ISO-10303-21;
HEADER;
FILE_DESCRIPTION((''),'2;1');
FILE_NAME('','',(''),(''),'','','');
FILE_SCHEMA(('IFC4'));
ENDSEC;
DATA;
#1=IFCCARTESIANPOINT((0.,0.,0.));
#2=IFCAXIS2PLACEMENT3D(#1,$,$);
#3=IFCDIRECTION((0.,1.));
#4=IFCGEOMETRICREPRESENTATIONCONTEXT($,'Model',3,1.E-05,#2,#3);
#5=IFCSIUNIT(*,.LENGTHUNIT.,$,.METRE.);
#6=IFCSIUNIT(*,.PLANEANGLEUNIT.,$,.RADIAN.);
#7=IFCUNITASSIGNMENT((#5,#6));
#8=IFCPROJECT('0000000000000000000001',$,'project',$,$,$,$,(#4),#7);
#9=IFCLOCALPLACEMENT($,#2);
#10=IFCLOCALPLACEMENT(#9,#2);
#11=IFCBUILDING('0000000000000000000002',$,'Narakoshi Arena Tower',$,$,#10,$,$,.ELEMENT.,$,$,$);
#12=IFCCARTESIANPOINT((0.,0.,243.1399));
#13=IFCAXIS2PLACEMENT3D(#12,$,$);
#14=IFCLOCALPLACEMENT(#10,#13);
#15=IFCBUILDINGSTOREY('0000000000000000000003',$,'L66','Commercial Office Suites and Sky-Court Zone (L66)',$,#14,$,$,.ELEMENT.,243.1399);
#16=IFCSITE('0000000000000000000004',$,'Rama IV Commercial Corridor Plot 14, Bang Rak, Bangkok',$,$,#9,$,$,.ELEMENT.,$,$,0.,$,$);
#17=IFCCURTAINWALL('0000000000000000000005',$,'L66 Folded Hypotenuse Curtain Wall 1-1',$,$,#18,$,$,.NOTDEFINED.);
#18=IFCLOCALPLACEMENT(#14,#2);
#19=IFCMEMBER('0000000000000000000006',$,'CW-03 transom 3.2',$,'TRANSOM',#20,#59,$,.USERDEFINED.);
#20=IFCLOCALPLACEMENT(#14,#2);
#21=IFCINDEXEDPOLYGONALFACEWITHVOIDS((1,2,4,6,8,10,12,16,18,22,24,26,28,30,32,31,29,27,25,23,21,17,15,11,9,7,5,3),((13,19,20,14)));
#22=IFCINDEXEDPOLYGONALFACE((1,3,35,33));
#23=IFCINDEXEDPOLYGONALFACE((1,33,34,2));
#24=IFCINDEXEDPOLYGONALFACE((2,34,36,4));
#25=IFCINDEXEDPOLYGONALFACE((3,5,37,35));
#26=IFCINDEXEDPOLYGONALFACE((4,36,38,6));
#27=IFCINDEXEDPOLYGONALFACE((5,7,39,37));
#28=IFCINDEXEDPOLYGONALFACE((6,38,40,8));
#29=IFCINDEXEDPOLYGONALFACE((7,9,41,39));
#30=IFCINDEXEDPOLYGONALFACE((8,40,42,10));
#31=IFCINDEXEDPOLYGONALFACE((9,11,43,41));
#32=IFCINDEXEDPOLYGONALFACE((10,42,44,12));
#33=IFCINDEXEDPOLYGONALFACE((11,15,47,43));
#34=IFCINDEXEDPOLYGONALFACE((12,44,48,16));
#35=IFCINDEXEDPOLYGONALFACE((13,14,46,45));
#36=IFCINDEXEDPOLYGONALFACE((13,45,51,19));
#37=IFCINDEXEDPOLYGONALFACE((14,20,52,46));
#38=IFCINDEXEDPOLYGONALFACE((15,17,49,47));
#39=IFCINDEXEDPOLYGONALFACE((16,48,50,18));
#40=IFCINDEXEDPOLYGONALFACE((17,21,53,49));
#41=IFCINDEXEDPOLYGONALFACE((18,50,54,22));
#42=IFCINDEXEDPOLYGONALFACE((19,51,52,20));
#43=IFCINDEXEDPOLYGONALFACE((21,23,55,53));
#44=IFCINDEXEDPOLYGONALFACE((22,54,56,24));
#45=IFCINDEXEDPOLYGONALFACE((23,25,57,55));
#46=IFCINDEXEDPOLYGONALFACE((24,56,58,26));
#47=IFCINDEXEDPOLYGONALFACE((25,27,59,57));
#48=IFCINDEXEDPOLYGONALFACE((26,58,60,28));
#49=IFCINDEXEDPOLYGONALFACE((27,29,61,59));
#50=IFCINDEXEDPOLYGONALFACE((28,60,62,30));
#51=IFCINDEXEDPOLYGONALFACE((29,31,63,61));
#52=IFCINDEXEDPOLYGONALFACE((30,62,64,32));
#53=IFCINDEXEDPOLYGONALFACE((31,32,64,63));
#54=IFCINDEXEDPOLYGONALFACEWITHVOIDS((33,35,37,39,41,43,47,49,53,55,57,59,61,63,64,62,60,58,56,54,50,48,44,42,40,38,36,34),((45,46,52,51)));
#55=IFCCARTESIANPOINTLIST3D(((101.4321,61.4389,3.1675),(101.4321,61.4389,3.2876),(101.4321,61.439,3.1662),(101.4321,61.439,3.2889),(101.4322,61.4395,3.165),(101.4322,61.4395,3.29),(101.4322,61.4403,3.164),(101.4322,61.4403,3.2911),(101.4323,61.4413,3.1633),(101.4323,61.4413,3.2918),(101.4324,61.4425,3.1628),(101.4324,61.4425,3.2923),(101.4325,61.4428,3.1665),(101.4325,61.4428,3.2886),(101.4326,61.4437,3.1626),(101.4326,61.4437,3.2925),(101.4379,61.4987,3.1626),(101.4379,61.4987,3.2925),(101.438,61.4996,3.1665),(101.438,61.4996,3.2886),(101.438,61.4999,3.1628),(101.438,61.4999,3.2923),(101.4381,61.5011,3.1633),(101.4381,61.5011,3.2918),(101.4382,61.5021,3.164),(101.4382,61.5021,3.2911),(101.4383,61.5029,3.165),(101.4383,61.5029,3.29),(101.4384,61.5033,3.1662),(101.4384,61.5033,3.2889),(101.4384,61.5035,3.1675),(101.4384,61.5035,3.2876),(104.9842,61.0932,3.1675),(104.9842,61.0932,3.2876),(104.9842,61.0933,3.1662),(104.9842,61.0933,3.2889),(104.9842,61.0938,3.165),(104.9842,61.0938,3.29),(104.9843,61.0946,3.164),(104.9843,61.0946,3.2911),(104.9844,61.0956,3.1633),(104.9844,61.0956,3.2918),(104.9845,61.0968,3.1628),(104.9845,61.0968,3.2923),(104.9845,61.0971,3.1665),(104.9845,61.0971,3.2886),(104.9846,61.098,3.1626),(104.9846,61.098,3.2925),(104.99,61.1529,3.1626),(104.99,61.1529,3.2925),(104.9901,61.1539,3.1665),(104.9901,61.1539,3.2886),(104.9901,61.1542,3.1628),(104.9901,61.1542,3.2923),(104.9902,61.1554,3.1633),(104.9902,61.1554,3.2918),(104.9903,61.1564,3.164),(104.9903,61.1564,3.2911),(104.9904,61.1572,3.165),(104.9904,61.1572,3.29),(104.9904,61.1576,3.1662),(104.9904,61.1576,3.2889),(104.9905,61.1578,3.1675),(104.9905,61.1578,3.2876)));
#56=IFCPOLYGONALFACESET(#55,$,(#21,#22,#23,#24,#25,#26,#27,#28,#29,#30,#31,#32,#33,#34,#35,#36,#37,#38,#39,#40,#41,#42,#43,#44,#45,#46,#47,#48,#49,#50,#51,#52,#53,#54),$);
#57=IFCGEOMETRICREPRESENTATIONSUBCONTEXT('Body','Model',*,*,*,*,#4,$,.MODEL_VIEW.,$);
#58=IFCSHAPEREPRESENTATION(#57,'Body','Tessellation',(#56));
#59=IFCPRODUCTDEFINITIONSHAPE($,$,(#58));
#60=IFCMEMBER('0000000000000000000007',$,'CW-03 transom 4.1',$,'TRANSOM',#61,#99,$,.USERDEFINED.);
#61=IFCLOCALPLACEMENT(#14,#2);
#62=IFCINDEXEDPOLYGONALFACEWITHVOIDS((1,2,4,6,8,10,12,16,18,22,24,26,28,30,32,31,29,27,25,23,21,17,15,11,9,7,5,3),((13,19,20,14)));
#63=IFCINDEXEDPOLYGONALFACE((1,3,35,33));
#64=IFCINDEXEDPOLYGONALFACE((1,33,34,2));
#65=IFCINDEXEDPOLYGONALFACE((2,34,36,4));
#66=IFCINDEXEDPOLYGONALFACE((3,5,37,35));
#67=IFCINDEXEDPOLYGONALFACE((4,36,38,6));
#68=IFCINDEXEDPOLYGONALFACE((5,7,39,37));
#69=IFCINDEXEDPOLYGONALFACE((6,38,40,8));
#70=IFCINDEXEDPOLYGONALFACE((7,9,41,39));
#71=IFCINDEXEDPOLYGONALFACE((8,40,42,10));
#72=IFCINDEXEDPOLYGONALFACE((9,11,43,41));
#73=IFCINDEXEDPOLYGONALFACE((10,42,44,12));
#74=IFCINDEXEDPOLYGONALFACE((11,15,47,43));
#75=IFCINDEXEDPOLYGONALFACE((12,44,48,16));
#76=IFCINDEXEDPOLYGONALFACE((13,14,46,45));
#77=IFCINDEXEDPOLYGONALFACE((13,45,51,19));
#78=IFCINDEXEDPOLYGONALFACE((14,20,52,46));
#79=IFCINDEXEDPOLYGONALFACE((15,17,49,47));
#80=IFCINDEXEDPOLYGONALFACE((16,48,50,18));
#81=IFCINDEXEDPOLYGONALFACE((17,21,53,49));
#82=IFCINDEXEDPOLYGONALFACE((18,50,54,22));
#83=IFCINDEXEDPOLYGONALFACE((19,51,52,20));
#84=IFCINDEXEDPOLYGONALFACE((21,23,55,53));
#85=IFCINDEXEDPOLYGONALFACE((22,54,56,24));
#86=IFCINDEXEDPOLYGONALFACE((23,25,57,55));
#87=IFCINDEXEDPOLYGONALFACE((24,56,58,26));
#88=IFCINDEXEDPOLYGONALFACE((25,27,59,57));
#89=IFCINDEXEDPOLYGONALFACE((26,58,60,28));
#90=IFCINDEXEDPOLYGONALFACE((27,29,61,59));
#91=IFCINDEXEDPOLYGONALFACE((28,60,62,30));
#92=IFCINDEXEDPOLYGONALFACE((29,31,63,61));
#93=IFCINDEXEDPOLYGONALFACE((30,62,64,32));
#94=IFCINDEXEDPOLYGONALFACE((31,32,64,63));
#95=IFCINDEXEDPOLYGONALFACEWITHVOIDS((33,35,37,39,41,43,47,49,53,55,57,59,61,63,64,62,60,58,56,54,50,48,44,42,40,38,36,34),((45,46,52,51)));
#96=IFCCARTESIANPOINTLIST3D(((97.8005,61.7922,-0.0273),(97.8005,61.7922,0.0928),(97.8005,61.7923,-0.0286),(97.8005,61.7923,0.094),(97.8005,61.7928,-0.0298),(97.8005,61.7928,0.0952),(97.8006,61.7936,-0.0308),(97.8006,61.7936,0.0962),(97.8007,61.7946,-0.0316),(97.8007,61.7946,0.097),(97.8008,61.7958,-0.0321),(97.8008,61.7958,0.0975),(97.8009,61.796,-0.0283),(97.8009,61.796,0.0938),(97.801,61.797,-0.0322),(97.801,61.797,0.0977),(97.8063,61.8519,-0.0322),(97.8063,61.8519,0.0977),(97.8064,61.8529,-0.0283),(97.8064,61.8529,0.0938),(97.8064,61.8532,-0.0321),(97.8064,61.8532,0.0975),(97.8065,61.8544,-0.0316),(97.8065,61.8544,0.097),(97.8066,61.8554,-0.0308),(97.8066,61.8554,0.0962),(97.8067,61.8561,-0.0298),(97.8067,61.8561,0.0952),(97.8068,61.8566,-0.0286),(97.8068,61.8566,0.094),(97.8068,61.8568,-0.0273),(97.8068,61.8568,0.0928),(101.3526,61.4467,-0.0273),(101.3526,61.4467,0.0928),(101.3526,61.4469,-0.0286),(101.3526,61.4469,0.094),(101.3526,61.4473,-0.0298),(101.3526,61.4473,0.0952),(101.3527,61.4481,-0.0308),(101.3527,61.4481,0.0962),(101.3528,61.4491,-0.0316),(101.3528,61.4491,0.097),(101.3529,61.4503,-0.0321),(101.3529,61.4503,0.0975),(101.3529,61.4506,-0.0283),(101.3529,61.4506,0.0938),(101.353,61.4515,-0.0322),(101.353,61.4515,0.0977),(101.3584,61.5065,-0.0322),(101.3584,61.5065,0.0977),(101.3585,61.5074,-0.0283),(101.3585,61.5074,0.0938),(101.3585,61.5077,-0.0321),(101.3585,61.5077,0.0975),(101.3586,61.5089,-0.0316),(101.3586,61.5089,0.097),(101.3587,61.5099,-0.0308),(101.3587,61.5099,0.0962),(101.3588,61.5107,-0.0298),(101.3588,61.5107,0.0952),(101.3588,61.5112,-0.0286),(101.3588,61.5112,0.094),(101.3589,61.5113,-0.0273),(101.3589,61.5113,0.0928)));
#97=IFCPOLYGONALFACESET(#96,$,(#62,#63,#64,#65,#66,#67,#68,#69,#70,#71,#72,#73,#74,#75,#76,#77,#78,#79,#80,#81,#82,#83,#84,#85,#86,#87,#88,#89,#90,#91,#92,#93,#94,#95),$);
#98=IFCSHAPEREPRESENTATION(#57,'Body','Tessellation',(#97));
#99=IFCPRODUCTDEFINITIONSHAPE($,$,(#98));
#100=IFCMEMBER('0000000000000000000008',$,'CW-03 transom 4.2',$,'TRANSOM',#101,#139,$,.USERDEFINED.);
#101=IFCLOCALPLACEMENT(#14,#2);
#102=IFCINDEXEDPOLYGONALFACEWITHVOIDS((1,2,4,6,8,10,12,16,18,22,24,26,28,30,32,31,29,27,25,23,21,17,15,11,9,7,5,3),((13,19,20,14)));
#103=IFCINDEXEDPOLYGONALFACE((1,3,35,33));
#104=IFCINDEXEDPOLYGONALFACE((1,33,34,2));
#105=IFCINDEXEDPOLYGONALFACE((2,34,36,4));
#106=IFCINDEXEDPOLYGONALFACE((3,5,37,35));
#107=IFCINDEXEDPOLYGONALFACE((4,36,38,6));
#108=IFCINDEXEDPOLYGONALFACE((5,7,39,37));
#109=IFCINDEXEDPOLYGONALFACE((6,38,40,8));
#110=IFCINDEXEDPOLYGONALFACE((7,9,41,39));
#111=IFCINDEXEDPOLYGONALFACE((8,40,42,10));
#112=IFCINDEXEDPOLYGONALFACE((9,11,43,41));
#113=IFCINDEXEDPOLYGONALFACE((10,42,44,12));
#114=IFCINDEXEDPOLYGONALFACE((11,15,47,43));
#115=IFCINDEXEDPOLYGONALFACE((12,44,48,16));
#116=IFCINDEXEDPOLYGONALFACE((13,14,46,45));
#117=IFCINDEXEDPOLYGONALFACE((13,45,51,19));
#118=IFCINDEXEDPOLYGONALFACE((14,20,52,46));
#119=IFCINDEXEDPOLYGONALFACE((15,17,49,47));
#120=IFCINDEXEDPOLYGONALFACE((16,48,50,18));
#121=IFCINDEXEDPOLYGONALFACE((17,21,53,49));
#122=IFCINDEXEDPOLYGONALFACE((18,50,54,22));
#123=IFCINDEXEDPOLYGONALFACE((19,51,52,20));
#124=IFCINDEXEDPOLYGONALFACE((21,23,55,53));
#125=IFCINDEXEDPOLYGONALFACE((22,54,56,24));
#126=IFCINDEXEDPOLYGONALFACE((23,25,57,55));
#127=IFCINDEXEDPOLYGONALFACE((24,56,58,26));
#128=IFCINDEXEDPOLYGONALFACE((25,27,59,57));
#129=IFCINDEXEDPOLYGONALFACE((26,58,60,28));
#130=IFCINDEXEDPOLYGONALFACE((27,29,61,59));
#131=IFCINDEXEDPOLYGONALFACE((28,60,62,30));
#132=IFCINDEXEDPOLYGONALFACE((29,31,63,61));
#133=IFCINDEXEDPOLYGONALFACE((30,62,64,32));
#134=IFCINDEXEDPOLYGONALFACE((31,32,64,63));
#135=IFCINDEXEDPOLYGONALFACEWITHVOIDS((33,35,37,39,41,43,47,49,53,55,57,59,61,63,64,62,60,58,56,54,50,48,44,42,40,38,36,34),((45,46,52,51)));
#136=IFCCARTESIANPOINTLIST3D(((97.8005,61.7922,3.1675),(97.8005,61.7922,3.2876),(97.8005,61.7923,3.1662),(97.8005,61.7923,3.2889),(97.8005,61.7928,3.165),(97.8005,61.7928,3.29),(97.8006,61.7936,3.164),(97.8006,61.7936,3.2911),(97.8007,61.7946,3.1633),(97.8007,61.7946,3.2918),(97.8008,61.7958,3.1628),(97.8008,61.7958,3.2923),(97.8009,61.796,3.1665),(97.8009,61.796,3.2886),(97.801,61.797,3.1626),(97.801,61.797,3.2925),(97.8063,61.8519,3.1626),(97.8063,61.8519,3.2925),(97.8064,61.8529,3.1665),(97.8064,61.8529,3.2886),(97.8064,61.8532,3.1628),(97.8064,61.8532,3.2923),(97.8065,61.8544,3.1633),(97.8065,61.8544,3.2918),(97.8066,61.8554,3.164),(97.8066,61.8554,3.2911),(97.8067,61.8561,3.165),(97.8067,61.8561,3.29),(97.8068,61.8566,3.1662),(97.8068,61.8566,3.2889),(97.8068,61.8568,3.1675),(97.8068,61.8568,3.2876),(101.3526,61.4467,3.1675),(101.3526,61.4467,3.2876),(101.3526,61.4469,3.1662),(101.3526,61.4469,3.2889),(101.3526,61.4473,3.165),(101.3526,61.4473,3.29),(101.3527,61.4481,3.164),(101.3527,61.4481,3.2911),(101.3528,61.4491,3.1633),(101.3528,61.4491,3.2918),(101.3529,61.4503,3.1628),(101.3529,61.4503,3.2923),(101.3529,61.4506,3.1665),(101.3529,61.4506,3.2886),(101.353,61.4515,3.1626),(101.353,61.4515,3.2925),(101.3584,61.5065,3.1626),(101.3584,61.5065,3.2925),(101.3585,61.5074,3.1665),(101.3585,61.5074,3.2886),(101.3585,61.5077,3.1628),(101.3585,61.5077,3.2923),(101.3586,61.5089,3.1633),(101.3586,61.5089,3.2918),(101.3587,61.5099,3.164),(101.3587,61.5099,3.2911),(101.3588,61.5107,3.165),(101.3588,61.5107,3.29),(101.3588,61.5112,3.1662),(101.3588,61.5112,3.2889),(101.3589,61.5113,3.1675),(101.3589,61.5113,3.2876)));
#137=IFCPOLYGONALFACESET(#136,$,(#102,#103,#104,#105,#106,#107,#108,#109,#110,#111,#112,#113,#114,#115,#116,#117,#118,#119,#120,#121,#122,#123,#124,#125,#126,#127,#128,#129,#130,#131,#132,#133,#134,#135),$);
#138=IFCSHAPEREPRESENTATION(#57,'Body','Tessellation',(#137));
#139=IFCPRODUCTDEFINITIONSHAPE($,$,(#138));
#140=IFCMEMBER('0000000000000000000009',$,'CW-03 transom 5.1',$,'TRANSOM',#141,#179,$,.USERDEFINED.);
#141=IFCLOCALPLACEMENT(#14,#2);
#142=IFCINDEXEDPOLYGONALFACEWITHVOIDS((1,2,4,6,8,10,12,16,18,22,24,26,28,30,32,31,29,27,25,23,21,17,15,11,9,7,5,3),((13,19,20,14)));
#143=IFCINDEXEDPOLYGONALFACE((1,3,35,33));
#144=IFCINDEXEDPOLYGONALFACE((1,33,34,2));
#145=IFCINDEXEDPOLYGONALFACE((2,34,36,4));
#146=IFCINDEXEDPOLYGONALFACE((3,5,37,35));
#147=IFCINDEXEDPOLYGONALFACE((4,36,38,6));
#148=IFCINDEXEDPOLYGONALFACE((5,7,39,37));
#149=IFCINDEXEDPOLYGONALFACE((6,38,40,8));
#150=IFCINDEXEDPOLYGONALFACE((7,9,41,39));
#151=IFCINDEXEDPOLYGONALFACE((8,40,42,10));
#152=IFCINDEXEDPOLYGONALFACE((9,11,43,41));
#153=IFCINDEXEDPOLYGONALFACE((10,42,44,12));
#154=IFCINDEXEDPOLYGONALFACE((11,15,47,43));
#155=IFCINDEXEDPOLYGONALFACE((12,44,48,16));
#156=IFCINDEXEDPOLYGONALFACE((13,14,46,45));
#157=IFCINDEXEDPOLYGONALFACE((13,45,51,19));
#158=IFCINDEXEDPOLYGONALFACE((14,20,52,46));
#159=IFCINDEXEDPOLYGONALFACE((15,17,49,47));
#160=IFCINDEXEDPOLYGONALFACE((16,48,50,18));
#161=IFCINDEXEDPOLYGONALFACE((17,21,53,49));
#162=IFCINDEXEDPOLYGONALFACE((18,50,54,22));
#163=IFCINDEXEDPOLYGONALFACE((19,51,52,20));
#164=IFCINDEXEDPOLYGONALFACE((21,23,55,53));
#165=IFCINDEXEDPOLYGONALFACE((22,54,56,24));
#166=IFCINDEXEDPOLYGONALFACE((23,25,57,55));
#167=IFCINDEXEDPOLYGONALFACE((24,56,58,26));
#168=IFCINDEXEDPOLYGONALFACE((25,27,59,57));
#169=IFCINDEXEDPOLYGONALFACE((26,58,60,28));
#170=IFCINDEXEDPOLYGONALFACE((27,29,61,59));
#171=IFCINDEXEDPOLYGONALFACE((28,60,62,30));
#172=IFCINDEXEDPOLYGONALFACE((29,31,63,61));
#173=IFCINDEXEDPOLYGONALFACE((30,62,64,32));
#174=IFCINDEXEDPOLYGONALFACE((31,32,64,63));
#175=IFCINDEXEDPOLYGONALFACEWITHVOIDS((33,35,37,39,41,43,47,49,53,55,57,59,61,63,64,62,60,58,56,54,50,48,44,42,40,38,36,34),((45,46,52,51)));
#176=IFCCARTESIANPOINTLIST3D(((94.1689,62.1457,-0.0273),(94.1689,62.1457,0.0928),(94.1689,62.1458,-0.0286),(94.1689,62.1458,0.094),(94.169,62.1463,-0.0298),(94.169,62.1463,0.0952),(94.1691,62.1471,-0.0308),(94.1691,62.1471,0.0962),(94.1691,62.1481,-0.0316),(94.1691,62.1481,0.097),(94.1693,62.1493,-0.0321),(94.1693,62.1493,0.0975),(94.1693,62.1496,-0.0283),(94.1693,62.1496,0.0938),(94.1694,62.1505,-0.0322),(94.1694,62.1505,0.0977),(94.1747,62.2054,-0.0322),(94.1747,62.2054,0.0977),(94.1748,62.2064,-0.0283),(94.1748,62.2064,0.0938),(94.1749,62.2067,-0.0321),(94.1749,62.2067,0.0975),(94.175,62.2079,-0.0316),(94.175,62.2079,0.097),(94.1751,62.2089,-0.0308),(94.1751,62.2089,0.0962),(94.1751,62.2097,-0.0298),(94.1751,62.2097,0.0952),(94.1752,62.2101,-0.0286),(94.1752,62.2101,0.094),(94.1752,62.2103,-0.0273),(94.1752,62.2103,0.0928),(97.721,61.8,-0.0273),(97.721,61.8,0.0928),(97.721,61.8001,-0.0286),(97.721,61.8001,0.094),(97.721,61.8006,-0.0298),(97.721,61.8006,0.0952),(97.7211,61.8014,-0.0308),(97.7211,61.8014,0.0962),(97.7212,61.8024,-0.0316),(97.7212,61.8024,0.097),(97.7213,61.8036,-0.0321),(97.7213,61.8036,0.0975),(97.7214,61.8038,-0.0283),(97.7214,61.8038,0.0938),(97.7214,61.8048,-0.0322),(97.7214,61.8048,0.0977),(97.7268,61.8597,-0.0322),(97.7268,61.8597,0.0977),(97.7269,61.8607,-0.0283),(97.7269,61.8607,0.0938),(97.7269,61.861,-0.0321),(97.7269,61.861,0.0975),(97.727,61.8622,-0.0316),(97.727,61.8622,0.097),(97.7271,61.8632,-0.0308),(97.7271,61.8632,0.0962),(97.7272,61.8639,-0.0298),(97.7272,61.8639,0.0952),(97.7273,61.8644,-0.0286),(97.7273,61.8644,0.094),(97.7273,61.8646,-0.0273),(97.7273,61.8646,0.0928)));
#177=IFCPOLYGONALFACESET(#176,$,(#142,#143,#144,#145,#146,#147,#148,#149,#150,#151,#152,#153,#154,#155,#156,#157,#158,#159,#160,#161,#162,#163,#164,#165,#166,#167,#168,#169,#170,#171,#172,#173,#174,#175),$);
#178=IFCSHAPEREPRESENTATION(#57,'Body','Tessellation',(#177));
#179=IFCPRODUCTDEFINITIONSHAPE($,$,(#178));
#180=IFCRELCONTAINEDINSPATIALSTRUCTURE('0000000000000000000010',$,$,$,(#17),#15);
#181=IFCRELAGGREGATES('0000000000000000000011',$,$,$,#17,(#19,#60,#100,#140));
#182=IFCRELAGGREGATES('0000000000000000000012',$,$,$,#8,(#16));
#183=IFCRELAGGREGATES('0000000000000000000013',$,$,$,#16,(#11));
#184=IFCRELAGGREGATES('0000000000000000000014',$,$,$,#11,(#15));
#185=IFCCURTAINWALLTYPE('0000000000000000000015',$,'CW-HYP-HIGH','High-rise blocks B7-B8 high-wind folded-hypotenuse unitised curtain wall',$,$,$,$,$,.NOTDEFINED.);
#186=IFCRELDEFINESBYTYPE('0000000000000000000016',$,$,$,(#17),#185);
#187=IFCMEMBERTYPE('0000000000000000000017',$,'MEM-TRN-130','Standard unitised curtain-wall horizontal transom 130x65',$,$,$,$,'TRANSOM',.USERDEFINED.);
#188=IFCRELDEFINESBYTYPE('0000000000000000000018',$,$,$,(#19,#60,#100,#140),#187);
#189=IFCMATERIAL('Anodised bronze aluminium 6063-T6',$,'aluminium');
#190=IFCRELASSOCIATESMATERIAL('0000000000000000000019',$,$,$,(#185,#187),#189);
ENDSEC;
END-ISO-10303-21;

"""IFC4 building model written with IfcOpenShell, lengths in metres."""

from ifc_helpers import new_model, si_unit, direction, frame, origin, origin_2d, place, context, subcontext, project, spatial, hollow_rectangle, extrude, material, material_profile, profile_set, type_object, element, aggregate, save


model = new_model("IFC4")

# Units and contexts
model_context = context("Model", 3, precision=1e-05, world=origin(), true_north=direction((0.0, 1.0)))
body_context = subcontext(model_context, "Body", "Model", "MODEL_VIEW")
ifc_project = project(units=[si_unit("LENGTHUNIT", "METRE"), si_unit("PLANEANGLEUNIT", "RADIAN")], contexts=[model_context])

# Site, building, storey
site_placement = place(None, origin())
site = spatial("IfcSite", under=ifc_project, at=site_placement, Name="Rama IV Commercial Corridor Plot 14, Bang Rak, Bangkok", CompositionType="ELEMENT", RefElevation=0.0)
building_placement = place(site_placement, origin())
building = spatial("IfcBuilding", under=site, at=building_placement, Name="Narakoshi Arena Tower", CompositionType="ELEMENT")
storey_placement = place(building_placement, frame((0.0, 0.0, 243.1399)))
storey = spatial("IfcBuildingStorey", under=building, at=storey_placement, Name="L66", Description="Commercial Office Suites and Sky-Court Zone (L66)", CompositionType="ELEMENT", Elevation=243.1399)

# Curtain wall, members
ifc_material_1 = material(Name="Anodised bronze aluminium 6063-T6", Category="aluminium")
curtain_wall_type = type_object("IfcCurtainWallType", Name="CW-HYP-HIGH", Description="High-rise blocks B7-B8 high-wind folded-hypotenuse unitised curtain wall", PredefinedType="NOTDEFINED", material=ifc_material_1)
curtain_wall_placement = place(storey_placement, origin())
curtain_wall = element("IfcCurtainWall", 1, at=curtain_wall_placement, inside=storey, type_object=curtain_wall_type, Name="L66 Folded Hypotenuse Curtain Wall 1-1", PredefinedType="NOTDEFINED")
ifc_material_profile_1 = material_profile(ifc_material_1, hollow_rectangle(XDim=0.0649, YDim=0.1299, WallThickness=0.0039, OuterFilletRadius=0.0049, at=origin_2d()), Name="TRN130x65x4")
ifc_profile_set_1 = profile_set([ifc_material_profile_1], Name="Anodised bronze aluminium 6063-T6")
member_type_1 = type_object("IfcMemberType", Name="MEM-TRN-130", Description="Standard unitised curtain-wall horizontal transom 130x65", ElementType="TRANSOM", PredefinedType="USERDEFINED", material=ifc_profile_set_1)
member_1_placement = place(storey_placement, frame((104.9873, 61.1255, 3.2275), z_axis=(-0.995297, 0.096869, 0.0), x_axis=(-0.096869, -0.995297, 0.0)))
member_1 = element("IfcMember", 2, at=member_1_placement, type_object=member_type_1, Name="CW-03 transom 3.2", ObjectType="TRANSOM", PredefinedType="USERDEFINED", context=body_context, shape_type="SweptSolid", body=[
    extrude(hollow_rectangle(XDim=0.0649, YDim=0.1299, WallThickness=0.0039, OuterFilletRadius=0.0049, at=origin_2d()), origin(), (0.0, 0.0, 1.0), 3.5688),
])
member_2_placement = place(storey_placement, frame((101.3557, 61.479, 0.0327), z_axis=(-0.995304, 0.096801, 0.0), x_axis=(-0.096801, -0.995304, 0.0)))
member_2 = element("IfcMember", 3, at=member_2_placement, type_object=member_type_1, Name="CW-03 transom 4.1", ObjectType="TRANSOM", PredefinedType="USERDEFINED", context=body_context, shape_type="SweptSolid", body=[
    extrude(hollow_rectangle(XDim=0.0649, YDim=0.1299, WallThickness=0.0039, OuterFilletRadius=0.0049, at=origin_2d()), origin(), (0.0, 0.0, 1.0), 3.5688),
])
member_3_placement = place(storey_placement, frame((101.3557, 61.479, 3.2275), z_axis=(-0.995304, 0.096801, 0.0), x_axis=(-0.096801, -0.995304, 0.0)))
member_3 = element("IfcMember", 4, at=member_3_placement, type_object=member_type_1, Name="CW-03 transom 4.2", ObjectType="TRANSOM", PredefinedType="USERDEFINED", context=body_context, shape_type="SweptSolid", body=[
    extrude(hollow_rectangle(XDim=0.0649, YDim=0.1299, WallThickness=0.0039, OuterFilletRadius=0.0049, at=origin_2d()), origin(), (0.0, 0.0, 1.0), 3.5688),
])
member_4_placement = place(storey_placement, frame((97.7241, 61.8323, 0.0327), z_axis=(-0.995297, 0.096869, 0.0), x_axis=(-0.096869, -0.995297, 0.0)))
member_4 = element("IfcMember", 5, at=member_4_placement, type_object=member_type_1, Name="CW-03 transom 5.1", ObjectType="TRANSOM", PredefinedType="USERDEFINED", context=body_context, shape_type="SweptSolid", body=[
    extrude(hollow_rectangle(XDim=0.0649, YDim=0.1299, WallThickness=0.0039, OuterFilletRadius=0.0049, at=origin_2d()), origin(), (0.0, 0.0, 1.0), 3.5688),
])
aggregate(curtain_wall, [member_1, member_2, member_3, member_4])

save(model, "model.ifc")
